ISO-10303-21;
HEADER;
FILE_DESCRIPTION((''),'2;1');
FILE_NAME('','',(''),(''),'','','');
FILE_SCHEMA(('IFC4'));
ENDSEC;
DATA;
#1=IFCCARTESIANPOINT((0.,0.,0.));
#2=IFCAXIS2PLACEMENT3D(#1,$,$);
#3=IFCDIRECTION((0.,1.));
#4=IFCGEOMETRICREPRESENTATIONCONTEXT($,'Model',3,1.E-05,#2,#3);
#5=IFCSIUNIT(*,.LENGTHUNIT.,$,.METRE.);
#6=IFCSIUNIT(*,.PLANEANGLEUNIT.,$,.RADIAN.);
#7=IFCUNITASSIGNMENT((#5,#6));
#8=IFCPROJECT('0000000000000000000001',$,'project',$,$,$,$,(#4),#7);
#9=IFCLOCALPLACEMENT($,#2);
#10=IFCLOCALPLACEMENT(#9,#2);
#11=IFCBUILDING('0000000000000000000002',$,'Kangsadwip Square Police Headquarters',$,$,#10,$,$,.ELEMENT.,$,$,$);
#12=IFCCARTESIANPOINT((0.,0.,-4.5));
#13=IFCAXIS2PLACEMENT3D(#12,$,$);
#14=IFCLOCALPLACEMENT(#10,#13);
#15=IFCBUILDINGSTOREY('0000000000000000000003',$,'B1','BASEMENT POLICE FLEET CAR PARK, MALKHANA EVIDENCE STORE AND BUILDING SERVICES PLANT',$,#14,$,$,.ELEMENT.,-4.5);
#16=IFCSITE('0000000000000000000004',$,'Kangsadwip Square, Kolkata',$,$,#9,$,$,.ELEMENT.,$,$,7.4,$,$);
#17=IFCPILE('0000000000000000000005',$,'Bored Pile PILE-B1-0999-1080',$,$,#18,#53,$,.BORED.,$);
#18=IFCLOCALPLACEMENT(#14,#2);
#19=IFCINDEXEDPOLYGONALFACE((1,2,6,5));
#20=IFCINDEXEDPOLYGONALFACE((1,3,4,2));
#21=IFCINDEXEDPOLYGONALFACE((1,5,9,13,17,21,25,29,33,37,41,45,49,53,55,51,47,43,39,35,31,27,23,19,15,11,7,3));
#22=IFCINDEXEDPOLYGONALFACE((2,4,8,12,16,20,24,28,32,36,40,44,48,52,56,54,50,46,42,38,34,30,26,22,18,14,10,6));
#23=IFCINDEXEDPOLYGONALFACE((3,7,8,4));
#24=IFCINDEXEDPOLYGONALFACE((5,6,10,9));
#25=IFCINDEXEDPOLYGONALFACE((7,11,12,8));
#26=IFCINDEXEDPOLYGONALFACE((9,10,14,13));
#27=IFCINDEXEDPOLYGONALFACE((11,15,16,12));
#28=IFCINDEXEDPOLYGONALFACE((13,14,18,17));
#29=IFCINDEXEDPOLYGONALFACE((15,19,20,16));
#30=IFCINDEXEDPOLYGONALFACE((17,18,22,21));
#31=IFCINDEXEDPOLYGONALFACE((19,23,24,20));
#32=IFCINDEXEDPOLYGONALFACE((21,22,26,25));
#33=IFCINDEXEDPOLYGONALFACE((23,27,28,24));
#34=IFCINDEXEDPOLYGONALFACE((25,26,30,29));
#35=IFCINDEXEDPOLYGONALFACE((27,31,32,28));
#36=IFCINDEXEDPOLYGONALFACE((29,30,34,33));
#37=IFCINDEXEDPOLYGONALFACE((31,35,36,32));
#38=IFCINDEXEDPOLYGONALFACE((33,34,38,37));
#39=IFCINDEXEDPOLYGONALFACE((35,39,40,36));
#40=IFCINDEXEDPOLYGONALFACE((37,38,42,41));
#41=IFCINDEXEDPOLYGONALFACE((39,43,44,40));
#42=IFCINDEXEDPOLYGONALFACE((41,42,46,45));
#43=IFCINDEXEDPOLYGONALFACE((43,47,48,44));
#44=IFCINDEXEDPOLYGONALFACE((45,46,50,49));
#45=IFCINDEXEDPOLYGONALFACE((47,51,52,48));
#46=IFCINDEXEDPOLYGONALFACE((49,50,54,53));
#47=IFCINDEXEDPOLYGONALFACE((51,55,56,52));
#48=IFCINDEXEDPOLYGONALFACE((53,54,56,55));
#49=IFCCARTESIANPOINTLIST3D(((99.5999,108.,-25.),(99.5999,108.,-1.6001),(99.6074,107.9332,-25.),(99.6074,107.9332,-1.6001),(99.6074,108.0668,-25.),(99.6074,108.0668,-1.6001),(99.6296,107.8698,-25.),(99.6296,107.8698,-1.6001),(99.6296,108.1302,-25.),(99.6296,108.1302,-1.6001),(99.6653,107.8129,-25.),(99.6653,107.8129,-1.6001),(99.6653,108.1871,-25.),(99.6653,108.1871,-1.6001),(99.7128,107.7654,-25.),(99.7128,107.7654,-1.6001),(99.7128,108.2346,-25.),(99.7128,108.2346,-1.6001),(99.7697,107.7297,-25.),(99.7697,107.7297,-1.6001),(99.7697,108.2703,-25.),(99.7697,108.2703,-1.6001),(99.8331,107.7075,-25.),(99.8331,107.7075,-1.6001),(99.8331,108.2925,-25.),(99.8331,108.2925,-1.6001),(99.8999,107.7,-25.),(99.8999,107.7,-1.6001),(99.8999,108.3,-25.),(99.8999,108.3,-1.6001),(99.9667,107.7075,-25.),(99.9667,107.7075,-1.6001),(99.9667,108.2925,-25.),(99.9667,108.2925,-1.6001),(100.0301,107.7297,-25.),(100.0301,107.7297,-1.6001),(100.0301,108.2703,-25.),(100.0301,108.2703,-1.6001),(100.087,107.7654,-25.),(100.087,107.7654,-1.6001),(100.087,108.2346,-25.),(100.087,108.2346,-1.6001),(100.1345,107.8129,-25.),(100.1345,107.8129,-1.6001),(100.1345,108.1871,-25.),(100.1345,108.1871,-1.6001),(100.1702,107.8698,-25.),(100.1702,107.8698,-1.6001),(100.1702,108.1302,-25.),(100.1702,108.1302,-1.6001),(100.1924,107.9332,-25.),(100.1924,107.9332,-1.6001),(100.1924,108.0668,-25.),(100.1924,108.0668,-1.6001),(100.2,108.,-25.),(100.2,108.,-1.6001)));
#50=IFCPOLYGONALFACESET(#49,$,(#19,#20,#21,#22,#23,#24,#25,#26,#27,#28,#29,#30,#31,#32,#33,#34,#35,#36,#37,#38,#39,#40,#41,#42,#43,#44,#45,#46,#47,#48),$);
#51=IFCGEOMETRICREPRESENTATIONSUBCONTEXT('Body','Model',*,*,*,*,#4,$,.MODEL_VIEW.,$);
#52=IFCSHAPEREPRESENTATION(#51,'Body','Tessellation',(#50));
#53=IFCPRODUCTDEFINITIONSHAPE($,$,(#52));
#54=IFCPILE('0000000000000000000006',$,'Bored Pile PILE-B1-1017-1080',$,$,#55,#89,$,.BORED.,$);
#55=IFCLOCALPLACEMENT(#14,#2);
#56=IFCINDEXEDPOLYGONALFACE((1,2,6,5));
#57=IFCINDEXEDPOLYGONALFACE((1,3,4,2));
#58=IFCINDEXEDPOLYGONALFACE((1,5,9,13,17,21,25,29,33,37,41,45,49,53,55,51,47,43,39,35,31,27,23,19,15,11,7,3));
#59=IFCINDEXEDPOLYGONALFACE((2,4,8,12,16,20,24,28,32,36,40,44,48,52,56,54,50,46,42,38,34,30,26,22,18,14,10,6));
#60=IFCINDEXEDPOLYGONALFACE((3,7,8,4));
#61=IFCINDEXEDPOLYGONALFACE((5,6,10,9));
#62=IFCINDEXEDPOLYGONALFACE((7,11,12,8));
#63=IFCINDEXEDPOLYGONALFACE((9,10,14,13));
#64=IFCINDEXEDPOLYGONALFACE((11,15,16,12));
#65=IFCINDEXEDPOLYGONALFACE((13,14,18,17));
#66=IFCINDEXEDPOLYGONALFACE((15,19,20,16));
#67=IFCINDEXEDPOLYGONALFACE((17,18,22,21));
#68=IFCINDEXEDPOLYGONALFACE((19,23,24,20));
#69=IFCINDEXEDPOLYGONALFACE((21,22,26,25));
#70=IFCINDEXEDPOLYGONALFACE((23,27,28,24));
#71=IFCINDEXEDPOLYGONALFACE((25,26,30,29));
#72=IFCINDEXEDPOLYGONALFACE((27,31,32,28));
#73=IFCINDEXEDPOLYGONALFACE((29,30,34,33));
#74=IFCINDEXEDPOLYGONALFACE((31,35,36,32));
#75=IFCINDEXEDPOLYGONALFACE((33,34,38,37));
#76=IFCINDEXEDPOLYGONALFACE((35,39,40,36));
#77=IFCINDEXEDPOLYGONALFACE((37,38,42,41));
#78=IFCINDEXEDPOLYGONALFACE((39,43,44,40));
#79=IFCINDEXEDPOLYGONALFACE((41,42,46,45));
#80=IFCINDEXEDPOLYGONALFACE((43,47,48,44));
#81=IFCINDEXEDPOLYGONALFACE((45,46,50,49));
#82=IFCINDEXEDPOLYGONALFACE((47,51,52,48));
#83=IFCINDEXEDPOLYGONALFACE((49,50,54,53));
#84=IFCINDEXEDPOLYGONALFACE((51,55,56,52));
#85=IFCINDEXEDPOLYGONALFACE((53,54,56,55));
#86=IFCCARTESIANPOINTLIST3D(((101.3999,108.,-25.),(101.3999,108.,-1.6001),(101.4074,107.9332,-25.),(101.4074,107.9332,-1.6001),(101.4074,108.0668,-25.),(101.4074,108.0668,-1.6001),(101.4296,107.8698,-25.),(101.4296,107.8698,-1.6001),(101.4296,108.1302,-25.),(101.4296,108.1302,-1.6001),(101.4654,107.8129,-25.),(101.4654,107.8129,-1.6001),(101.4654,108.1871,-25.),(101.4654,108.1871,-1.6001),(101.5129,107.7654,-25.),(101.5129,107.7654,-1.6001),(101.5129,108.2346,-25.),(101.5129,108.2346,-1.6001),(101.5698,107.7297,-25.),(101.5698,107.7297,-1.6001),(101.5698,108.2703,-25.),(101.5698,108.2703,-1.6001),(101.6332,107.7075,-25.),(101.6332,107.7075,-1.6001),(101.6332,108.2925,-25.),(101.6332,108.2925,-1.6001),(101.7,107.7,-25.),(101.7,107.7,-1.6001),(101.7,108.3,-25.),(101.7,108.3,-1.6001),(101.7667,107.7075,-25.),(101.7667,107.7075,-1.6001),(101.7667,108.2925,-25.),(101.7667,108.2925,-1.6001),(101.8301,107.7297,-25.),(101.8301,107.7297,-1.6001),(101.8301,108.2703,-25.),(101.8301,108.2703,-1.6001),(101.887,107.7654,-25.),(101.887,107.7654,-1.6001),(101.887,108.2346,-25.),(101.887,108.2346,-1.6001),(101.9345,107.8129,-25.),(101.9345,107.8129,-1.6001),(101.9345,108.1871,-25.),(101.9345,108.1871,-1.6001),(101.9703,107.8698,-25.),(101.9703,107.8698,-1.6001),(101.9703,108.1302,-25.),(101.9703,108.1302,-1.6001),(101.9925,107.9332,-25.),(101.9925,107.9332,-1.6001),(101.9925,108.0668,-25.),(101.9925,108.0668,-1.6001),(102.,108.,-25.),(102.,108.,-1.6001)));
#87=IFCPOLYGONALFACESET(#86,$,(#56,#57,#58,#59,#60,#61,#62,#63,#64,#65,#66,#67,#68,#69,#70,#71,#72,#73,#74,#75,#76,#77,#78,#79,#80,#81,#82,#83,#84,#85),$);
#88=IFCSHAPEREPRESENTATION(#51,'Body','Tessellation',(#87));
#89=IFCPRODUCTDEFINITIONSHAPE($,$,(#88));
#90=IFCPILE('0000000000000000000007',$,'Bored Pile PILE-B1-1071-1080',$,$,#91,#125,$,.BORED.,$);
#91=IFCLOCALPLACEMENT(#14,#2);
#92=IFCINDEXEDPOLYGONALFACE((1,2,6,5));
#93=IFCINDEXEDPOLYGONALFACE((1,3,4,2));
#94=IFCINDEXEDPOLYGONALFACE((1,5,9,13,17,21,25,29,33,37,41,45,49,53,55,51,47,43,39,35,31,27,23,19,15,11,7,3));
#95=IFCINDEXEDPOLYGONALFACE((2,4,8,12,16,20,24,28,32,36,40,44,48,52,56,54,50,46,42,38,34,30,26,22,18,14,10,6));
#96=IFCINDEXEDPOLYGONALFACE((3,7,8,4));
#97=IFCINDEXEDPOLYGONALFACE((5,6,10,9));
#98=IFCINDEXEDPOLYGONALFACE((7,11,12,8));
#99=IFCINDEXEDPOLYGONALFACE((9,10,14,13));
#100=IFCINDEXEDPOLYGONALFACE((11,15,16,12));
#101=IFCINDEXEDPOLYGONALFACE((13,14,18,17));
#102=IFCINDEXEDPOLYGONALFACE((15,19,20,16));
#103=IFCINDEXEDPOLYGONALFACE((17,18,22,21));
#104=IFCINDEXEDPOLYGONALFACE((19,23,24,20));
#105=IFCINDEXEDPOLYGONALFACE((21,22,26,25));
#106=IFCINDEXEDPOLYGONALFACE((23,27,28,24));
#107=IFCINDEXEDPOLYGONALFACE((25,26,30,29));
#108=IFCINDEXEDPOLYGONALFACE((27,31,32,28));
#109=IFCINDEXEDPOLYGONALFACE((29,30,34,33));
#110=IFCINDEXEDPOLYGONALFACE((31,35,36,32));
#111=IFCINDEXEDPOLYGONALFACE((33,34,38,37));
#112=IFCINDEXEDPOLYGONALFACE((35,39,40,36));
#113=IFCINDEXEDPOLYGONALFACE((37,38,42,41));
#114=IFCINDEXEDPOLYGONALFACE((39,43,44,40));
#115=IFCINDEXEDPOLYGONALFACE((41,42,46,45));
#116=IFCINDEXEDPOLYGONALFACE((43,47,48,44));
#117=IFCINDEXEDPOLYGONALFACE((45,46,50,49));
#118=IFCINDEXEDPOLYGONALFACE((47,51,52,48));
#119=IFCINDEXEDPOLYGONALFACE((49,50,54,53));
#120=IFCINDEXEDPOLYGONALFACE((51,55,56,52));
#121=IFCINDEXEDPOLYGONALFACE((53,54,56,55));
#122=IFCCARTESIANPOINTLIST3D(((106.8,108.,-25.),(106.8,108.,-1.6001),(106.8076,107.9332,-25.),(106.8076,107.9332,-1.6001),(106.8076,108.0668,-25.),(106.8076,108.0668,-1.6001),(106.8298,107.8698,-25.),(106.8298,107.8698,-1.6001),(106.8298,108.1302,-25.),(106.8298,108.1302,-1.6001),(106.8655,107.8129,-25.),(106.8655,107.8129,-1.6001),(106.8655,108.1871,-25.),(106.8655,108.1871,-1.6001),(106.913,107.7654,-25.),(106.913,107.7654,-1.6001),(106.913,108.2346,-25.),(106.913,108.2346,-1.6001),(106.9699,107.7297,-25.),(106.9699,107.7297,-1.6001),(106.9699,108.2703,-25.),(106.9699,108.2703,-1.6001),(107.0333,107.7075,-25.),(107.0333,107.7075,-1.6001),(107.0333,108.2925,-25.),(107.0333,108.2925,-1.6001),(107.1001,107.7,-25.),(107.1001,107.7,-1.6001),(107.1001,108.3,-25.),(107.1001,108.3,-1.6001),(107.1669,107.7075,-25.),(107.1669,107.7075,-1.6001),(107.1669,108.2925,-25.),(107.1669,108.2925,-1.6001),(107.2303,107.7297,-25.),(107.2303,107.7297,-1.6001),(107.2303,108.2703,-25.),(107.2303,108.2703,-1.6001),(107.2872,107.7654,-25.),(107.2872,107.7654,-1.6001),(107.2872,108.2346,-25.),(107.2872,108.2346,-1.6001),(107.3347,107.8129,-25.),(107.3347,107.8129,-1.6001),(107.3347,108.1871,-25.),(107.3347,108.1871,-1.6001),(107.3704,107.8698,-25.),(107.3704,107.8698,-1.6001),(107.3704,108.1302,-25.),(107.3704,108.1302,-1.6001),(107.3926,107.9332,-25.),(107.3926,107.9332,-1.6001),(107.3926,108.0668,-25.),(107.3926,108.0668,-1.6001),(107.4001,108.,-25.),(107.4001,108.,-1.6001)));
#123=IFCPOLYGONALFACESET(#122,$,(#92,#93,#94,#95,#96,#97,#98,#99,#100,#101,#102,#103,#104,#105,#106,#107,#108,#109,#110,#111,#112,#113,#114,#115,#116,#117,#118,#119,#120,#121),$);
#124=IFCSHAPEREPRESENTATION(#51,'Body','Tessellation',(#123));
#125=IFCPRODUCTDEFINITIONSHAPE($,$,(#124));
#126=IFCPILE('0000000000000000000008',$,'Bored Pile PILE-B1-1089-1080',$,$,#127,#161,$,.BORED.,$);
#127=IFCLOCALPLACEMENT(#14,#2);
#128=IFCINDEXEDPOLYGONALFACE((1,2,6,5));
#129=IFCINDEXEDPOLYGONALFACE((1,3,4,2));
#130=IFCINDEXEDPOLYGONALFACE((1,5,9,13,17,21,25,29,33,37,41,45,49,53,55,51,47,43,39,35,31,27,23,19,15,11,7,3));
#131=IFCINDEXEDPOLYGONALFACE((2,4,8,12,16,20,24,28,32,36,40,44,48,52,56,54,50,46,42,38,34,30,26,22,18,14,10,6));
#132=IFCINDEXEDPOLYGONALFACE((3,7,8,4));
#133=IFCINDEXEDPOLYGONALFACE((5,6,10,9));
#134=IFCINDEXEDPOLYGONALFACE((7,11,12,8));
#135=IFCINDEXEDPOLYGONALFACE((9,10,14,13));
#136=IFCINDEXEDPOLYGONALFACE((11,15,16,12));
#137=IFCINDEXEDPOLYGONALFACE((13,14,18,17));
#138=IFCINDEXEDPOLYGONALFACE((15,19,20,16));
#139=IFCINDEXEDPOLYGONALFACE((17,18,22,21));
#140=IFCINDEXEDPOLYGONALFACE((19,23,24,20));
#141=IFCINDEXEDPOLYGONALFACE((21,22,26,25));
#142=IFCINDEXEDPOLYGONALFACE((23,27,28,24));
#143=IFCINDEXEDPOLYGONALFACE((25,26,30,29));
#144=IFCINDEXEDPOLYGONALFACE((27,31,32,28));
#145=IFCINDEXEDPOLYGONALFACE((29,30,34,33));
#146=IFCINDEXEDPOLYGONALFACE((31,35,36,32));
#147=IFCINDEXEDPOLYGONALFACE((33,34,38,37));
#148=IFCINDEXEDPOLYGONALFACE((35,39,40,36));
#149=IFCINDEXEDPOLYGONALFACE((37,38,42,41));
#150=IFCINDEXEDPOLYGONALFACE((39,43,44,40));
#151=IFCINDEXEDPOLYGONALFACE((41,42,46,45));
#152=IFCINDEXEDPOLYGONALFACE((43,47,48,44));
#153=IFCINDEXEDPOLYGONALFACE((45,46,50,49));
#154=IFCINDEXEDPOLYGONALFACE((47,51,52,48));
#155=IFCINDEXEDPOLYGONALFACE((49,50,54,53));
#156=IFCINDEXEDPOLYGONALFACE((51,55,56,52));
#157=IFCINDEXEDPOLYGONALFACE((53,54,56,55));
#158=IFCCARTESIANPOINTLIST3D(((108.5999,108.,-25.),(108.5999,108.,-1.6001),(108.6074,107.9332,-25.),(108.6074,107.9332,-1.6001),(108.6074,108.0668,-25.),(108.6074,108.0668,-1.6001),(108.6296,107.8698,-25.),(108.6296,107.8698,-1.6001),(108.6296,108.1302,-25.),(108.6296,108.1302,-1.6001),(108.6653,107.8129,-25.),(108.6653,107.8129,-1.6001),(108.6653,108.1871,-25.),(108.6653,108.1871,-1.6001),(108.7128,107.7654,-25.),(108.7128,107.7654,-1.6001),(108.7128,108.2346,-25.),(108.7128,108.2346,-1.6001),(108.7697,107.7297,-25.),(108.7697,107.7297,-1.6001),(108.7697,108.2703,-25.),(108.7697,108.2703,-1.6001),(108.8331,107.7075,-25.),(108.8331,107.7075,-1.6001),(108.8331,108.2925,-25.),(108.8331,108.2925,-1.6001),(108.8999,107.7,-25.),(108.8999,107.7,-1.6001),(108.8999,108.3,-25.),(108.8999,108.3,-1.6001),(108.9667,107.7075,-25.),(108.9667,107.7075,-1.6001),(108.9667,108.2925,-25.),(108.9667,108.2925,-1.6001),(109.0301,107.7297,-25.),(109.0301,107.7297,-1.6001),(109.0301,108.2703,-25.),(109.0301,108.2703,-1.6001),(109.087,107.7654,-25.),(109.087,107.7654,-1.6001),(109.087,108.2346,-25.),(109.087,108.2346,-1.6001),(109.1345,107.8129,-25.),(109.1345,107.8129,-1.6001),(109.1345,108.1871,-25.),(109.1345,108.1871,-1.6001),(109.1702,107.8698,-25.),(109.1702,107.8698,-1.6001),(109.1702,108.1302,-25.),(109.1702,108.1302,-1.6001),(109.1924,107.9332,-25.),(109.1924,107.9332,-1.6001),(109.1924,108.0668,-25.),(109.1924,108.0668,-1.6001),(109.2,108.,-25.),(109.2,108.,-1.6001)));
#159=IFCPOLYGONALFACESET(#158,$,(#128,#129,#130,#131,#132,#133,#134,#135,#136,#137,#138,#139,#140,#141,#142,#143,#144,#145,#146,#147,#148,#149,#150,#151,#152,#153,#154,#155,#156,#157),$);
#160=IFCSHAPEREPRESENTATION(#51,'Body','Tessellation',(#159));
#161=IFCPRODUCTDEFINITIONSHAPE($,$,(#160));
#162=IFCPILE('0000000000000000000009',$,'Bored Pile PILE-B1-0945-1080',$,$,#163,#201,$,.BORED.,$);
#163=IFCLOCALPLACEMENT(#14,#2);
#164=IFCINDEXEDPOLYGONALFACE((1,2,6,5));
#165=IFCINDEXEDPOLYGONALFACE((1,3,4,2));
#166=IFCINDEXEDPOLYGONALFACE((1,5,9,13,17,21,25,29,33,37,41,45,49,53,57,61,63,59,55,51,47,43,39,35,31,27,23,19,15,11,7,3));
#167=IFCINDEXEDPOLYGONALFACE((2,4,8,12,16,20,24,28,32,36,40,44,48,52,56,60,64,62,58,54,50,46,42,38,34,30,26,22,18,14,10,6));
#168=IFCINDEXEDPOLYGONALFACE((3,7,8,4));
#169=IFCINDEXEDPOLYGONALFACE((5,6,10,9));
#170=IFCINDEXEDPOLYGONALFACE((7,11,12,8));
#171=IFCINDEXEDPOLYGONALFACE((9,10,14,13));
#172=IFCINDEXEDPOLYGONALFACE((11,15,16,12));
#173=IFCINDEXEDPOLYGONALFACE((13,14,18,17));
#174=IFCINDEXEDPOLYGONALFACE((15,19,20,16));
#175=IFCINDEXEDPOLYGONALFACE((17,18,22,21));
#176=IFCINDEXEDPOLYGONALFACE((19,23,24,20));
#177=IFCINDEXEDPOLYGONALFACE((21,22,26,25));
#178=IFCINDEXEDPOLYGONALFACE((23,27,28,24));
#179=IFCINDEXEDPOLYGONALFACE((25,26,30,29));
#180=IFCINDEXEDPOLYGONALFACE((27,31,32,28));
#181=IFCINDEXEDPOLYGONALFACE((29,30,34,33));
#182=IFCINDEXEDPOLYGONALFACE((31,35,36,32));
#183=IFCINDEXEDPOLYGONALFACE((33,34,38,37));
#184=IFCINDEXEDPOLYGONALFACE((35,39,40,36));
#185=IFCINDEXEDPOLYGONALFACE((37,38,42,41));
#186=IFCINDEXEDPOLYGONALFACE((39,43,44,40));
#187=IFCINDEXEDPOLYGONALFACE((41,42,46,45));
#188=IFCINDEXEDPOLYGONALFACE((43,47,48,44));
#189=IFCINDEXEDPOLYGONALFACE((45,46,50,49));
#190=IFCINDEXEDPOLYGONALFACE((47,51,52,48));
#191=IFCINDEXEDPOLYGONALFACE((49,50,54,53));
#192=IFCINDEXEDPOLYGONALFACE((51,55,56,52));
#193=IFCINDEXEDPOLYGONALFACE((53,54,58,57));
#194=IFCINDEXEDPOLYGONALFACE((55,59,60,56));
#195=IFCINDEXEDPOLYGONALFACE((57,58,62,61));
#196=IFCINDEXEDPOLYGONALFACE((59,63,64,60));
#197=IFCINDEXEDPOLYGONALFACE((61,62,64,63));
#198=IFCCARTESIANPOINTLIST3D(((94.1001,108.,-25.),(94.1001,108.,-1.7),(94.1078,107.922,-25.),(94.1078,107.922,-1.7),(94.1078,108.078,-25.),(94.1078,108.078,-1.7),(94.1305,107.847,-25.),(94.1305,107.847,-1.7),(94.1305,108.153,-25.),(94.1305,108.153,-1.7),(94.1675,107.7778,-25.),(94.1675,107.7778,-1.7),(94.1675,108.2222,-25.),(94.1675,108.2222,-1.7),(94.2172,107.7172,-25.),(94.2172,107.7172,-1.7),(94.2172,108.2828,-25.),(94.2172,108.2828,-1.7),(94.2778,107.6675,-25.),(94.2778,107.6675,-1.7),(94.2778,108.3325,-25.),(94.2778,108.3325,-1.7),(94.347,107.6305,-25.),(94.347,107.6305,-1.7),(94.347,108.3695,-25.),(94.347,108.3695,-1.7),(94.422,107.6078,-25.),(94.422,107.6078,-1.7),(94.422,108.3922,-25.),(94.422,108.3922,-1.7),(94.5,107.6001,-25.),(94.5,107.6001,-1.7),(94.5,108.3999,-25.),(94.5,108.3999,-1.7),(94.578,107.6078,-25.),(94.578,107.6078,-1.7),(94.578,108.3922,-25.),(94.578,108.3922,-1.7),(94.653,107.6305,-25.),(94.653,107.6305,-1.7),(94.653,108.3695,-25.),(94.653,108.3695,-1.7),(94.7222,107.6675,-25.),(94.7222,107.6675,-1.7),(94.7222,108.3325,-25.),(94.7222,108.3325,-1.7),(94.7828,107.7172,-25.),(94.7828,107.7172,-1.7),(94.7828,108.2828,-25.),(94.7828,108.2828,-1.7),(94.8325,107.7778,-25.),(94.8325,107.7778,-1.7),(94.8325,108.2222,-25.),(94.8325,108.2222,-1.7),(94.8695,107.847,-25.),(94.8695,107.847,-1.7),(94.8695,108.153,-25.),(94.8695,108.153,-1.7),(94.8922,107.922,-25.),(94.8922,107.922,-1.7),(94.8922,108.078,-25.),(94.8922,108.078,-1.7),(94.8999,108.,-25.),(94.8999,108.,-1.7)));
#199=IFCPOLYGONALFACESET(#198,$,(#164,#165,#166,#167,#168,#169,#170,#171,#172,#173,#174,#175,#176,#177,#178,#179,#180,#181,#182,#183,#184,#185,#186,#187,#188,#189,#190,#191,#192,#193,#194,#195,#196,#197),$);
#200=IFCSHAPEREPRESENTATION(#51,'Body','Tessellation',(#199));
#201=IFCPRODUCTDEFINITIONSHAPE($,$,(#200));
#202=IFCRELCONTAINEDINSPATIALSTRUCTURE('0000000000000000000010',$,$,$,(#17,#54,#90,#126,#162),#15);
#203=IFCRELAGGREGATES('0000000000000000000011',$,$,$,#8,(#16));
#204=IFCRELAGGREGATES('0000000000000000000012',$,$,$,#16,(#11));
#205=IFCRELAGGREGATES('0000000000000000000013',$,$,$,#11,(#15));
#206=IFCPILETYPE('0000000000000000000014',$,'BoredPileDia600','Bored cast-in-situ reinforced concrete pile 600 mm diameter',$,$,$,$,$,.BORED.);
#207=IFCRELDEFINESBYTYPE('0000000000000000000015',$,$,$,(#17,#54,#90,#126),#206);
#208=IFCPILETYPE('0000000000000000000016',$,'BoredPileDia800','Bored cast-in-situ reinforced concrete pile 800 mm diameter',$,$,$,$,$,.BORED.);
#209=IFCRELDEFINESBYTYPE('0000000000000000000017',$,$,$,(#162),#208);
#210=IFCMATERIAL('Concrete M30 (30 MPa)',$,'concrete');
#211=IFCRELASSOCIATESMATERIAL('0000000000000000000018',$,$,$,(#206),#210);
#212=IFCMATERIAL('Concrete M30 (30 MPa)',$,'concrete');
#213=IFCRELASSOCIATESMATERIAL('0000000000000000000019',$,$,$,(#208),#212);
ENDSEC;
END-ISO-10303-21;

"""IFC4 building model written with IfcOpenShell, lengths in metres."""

from ifc_helpers import new_model, si_unit, direction, frame, origin, origin_2d, place, context, subcontext, project, spatial, circle, extrude, material, material_profile, profile_set, type_object, element, save


model = new_model("IFC4")

# Units and contexts
model_context = context("Model", 3, precision=1e-05, world=origin(), true_north=direction((0.0, 1.0)))
body_context = subcontext(model_context, "Body", "Model", "MODEL_VIEW")
ifc_project = project(units=[si_unit("LENGTHUNIT", "METRE"), si_unit("PLANEANGLEUNIT", "RADIAN")], contexts=[model_context])

# Site, building, storey
site_placement = place(None, origin())
site = spatial("IfcSite", under=ifc_project, at=site_placement, Name="Kangsadwip Square, Kolkata", CompositionType="ELEMENT", RefElevation=7.4)
building_placement = place(site_placement, origin())
building = spatial("IfcBuilding", under=site, at=building_placement, Name="Kangsadwip Square Police Headquarters", CompositionType="ELEMENT")
storey_placement = place(building_placement, frame((0.0, 0.0, -4.5)))
storey = spatial("IfcBuildingStorey", under=building, at=storey_placement, Name="B1", Description="BASEMENT POLICE FLEET CAR PARK, MALKHANA EVIDENCE STORE AND BUILDING SERVICES PLANT", CompositionType="ELEMENT", Elevation=-4.5)

# Piles
ifc_material_1 = material(Name="Concrete M30 (30 MPa)", Category="concrete")
ifc_material_profile_1 = material_profile(ifc_material_1, circle(Radius=0.3, at=origin_2d()), Name="PILE DIA 600")
ifc_profile_set_1 = profile_set([ifc_material_profile_1], Name="Concrete M30 (30 MPa)")
pile_type_1 = type_object("IfcPileType", Name="BoredPileDia600", Description="Bored cast-in-situ reinforced concrete pile 600 mm diameter", PredefinedType="BORED", material=ifc_profile_set_1)
for number, where, z_axis, x_axis, name in (
    (1, (99.8999, 108.0, -1.6001), (0.0, 0.0, -1.0), (1.0, 0.0, 0.0), "Bored Pile PILE-B1-0999-1080"),
    (2, (101.7, 108.0, -1.6001), (0.0, 0.0, -1.0), (1.0, 0.0, 0.0), "Bored Pile PILE-B1-1017-1080"),
    (3, (107.1001, 108.0, -1.6001), (0.0, 0.0, -1.0), (1.0, 0.0, 0.0), "Bored Pile PILE-B1-1071-1080"),
    (4, (108.8999, 108.0, -1.6001), (0.0, 0.0, -1.0), (1.0, 0.0, 0.0), "Bored Pile PILE-B1-1089-1080"),
):
    element("IfcPile", number, at=place(storey_placement, frame(where, z_axis=z_axis, x_axis=x_axis)), inside=storey, type_object=pile_type_1, Name=name, PredefinedType="BORED", context=body_context, shape_type="SweptSolid", body=[
        extrude(circle(Radius=0.3, at=origin_2d()), origin(), (0.0, 0.0, 1.0), 23.3999),
    ])
ifc_material_2 = material(Name="Concrete M30 (30 MPa)", Category="concrete")
ifc_material_profile_2 = material_profile(ifc_material_2, circle(Radius=0.3999, at=origin_2d()), Name="PILE DIA 800")
ifc_profile_set_2 = profile_set([ifc_material_profile_2], Name="Concrete M30 (30 MPa)")
pile_type_2 = type_object("IfcPileType", Name="BoredPileDia800", Description="Bored cast-in-situ reinforced concrete pile 800 mm diameter", PredefinedType="BORED", material=ifc_profile_set_2)
for number, where, z_axis, x_axis, name in (
    (5, (94.5, 108.0, -1.7), (0.0, 0.0, -1.0), (1.0, 0.0, 0.0), "Bored Pile PILE-B1-0945-1080"),
):
    element("IfcPile", number, at=place(storey_placement, frame(where, z_axis=z_axis, x_axis=x_axis)), inside=storey, type_object=pile_type_2, Name=name, PredefinedType="BORED", context=body_context, shape_type="SweptSolid", body=[
        extrude(circle(Radius=0.3999, at=origin_2d()), origin(), (0.0, 0.0, 1.0), 23.3),
    ])

save(model, "model.ifc")
